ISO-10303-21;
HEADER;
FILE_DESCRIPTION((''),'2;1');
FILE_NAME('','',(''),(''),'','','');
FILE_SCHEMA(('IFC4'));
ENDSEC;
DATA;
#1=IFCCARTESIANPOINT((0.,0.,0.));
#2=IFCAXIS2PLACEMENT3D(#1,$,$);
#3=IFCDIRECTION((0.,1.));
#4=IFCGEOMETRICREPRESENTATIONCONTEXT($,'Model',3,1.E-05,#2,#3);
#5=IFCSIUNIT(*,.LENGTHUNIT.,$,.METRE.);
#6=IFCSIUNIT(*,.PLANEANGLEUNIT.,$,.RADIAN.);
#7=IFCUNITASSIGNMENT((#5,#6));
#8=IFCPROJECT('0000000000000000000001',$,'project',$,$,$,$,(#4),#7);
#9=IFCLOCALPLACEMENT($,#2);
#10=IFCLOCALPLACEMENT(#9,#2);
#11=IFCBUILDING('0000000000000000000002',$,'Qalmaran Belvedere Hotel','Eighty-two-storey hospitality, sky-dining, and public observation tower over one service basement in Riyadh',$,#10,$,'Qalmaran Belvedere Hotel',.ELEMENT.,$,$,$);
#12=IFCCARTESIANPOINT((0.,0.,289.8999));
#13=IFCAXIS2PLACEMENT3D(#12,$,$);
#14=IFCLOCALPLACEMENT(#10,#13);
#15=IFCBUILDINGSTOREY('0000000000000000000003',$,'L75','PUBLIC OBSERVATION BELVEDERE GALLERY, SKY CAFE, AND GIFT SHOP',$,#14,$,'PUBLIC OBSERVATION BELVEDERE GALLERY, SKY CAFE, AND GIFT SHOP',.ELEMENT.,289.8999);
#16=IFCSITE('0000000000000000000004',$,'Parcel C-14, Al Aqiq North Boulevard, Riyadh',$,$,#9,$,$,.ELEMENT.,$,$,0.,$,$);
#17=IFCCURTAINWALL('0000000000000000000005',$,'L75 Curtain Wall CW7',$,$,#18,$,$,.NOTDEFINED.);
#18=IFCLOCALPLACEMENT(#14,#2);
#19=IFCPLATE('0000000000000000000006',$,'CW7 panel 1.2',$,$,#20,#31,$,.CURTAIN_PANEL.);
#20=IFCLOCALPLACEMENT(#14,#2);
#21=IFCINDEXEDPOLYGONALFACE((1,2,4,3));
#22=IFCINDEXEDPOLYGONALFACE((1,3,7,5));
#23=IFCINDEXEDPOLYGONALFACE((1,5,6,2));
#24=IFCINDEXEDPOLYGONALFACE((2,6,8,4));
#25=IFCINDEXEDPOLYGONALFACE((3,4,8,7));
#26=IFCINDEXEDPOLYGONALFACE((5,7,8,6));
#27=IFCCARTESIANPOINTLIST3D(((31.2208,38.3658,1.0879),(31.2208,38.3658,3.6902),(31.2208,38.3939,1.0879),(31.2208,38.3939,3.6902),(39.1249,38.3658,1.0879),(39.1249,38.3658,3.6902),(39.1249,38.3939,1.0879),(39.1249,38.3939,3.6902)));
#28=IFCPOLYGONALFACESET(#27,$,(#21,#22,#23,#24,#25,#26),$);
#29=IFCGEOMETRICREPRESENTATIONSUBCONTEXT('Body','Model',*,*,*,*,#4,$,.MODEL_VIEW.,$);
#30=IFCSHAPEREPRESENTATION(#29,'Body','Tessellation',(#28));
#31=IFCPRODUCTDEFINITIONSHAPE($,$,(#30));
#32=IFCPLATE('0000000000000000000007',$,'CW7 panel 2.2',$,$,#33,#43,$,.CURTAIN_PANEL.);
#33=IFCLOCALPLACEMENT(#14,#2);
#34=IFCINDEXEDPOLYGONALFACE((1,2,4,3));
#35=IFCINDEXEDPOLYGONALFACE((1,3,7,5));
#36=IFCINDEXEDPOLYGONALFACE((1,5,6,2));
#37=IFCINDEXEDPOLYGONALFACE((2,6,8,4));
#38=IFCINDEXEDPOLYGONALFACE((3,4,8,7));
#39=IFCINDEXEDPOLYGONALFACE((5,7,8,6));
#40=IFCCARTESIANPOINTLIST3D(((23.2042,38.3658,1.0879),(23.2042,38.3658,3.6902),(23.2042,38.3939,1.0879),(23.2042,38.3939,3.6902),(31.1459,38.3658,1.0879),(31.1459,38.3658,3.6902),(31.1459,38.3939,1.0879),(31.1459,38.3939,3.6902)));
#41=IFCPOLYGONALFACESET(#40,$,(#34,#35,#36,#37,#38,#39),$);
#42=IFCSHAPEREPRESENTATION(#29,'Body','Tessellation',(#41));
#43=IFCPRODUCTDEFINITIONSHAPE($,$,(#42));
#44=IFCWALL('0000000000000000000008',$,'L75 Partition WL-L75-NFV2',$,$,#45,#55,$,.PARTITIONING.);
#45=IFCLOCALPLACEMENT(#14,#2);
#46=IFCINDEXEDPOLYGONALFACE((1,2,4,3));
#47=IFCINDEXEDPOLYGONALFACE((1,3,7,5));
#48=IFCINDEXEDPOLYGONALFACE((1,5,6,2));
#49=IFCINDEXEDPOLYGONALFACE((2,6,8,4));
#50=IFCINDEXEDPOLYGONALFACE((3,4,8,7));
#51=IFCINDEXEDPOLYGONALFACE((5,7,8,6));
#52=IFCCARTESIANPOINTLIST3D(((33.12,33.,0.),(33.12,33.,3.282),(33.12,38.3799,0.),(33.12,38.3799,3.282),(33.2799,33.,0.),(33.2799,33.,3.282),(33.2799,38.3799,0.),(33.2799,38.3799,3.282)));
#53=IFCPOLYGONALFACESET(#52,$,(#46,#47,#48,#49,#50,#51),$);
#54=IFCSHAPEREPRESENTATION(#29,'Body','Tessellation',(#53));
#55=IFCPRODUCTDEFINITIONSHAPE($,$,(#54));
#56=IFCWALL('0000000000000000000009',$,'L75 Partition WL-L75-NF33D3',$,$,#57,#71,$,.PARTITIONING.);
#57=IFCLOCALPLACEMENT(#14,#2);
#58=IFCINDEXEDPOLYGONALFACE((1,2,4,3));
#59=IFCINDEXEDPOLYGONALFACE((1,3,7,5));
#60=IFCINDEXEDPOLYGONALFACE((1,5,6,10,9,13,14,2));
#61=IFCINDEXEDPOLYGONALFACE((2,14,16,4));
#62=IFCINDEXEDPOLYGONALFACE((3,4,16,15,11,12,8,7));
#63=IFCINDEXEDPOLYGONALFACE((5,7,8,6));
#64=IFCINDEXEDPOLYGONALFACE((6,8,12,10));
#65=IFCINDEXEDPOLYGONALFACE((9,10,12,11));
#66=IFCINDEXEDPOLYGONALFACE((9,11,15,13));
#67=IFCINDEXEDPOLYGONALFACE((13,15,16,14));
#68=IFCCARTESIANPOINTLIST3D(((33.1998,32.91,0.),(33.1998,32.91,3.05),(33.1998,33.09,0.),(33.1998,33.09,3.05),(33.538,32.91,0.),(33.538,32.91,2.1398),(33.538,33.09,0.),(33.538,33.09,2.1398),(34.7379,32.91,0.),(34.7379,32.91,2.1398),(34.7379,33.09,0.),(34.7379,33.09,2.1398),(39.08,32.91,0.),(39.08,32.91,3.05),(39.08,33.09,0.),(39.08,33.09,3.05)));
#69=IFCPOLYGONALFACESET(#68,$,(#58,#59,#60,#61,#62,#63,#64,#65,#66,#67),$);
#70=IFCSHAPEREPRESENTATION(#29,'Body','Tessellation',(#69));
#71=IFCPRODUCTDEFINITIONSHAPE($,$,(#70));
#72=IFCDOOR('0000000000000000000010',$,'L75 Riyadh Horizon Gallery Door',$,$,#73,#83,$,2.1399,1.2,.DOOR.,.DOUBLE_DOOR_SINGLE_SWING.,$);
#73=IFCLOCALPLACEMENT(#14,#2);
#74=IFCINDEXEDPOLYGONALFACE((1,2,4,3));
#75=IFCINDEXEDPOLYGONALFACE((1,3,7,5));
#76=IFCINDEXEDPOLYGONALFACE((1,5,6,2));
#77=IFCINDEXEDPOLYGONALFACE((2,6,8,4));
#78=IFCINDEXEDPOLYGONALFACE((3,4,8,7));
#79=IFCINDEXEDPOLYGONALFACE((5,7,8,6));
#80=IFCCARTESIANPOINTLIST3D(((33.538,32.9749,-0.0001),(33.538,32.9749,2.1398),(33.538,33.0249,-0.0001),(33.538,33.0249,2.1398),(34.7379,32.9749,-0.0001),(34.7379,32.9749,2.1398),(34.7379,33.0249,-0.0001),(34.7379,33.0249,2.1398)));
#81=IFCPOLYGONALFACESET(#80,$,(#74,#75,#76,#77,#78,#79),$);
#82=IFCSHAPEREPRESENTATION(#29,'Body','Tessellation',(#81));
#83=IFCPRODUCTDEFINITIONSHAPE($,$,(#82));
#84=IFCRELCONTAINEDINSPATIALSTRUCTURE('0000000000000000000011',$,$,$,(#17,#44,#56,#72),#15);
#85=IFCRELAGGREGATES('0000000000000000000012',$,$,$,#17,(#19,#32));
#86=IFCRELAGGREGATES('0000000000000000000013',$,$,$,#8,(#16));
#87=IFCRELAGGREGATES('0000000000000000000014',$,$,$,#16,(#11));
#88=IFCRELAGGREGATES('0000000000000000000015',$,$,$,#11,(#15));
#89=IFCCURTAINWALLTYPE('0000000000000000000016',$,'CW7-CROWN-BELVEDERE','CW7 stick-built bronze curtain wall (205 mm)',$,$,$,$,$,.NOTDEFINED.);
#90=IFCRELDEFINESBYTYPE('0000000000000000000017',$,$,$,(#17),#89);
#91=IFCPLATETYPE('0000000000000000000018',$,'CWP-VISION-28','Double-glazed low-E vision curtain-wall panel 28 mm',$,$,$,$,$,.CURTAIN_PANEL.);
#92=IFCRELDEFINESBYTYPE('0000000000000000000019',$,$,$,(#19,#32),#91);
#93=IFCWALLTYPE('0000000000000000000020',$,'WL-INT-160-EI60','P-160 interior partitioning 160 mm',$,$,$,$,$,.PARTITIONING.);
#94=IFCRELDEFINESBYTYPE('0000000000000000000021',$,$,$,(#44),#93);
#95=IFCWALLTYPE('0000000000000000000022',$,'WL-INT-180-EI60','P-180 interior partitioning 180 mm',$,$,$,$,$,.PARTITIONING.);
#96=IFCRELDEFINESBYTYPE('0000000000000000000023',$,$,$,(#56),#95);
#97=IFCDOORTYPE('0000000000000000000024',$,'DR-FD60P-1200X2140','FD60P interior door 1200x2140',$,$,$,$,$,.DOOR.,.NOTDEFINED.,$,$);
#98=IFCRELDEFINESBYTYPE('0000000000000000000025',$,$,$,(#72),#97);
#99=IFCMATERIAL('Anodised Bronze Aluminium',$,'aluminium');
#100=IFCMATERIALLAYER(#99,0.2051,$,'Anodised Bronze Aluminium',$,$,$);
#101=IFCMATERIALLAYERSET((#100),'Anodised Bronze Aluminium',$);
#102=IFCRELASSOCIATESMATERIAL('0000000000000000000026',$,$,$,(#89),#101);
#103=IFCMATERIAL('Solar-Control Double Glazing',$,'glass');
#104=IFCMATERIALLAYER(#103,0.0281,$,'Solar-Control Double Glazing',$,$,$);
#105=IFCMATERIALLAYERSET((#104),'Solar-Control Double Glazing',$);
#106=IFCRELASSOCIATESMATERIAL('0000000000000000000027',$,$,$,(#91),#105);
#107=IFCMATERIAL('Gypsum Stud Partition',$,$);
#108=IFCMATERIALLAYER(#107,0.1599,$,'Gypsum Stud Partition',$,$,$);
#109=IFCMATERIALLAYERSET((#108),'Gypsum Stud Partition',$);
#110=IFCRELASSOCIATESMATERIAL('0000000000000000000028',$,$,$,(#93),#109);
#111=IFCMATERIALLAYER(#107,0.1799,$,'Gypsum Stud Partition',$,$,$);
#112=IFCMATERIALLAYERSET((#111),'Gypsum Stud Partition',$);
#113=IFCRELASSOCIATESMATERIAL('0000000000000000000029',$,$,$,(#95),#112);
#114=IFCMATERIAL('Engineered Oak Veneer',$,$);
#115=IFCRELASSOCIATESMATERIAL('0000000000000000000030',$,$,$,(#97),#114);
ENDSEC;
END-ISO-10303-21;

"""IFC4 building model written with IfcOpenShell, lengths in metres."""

from ifc_helpers import new_model, si_unit, direction, frame, frame_2d, origin, origin_2d, place, context, subcontext, project, spatial, rectangle, extrude, material, layer, layer_set, type_object, element, fill, aggregate, save


model = new_model("IFC4")

# Units and contexts
model_context = context("Model", 3, precision=1e-05, world=origin(), true_north=direction((0.0, 1.0)))
body_context = subcontext(model_context, "Body", "Model", "MODEL_VIEW")
ifc_project = project(units=[si_unit("LENGTHUNIT", "METRE"), si_unit("PLANEANGLEUNIT", "RADIAN")], contexts=[model_context])

# Site, building, storey
site_placement = place(None, origin())
site = spatial("IfcSite", under=ifc_project, at=site_placement, Name="Parcel C-14, Al Aqiq North Boulevard, Riyadh", CompositionType="ELEMENT", RefElevation=0.0)
building_placement = place(site_placement, origin())
building = spatial("IfcBuilding", under=site, at=building_placement, Name="Qalmaran Belvedere Hotel", Description="Eighty-two-storey hospitality, sky-dining, and public observation tower over one service basement in Riyadh", LongName="Qalmaran Belvedere Hotel", CompositionType="ELEMENT")
storey_placement = place(building_placement, frame((0.0, 0.0, 289.8999)))
storey = spatial("IfcBuildingStorey", under=building, at=storey_placement, Name="L75", Description="PUBLIC OBSERVATION BELVEDERE GALLERY, SKY CAFE, AND GIFT SHOP", LongName="PUBLIC OBSERVATION BELVEDERE GALLERY, SKY CAFE, AND GIFT SHOP", CompositionType="ELEMENT", Elevation=289.8999)

# Curtain wall, plates
ifc_material_1 = material(Name="Anodised Bronze Aluminium", Category="aluminium")
ifc_layer_1 = layer(ifc_material_1, 0.2051, Name="Anodised Bronze Aluminium")
ifc_layer_set_1 = layer_set([ifc_layer_1], Name="Anodised Bronze Aluminium")
curtain_wall_type = type_object("IfcCurtainWallType", Name="CW7-CROWN-BELVEDERE", Description="CW7 stick-built bronze curtain wall (205 mm)", PredefinedType="NOTDEFINED", material=ifc_layer_set_1)
curtain_wall_placement = place(storey_placement, origin())
curtain_wall = element("IfcCurtainWall", 1, at=curtain_wall_placement, inside=storey, type_object=curtain_wall_type, Name="L75 Curtain Wall CW7", PredefinedType="NOTDEFINED")
ifc_material_2 = material(Name="Solar-Control Double Glazing", Category="glass")
ifc_layer_2 = layer(ifc_material_2, 0.0281, Name="Solar-Control Double Glazing")
ifc_layer_set_2 = layer_set([ifc_layer_2], Name="Solar-Control Double Glazing")
plate_type_1 = type_object("IfcPlateType", Name="CWP-VISION-28", Description="Double-glazed low-E vision curtain-wall panel 28 mm", PredefinedType="CURTAIN_PANEL", material=ifc_layer_set_2)
plate_1_placement = place(storey_placement, frame((35.1729, 38.3799, 1.0879), z_axis=(0.0, 0.0, 1.0), x_axis=(-1.0, 0.0, 0.0)))
plate_1 = element("IfcPlate", 2, at=plate_1_placement, type_object=plate_type_1, Name="CW7 panel 1.2", PredefinedType="CURTAIN_PANEL", context=body_context, shape_type="SweptSolid", body=[
    extrude(rectangle(XDim=7.9041, YDim=0.0281, at=origin_2d()), origin(), (0.0, 0.0, 1.0), 2.6023),
])
plate_2_placement = place(storey_placement, frame((27.175, 38.3799, 1.0879), z_axis=(0.0, 0.0, 1.0), x_axis=(-1.0, 0.0, 0.0)))
plate_2 = element("IfcPlate", 3, at=plate_2_placement, type_object=plate_type_1, Name="CW7 panel 2.2", PredefinedType="CURTAIN_PANEL", context=body_context, shape_type="SweptSolid", body=[
    extrude(rectangle(XDim=7.9417, YDim=0.0281, at=origin_2d()), origin(), (0.0, 0.0, 1.0), 2.6023),
])
aggregate(curtain_wall, [plate_1, plate_2])

# Wall
ifc_material_3 = material(Name="Gypsum Stud Partition")
ifc_layer_3 = layer(ifc_material_3, 0.1599, Name="Gypsum Stud Partition")
ifc_layer_set_3 = layer_set([ifc_layer_3], Name="Gypsum Stud Partition")
wall_type_1 = type_object("IfcWallType", Name="WL-INT-160-EI60", Description="P-160 interior partitioning 160 mm", PredefinedType="PARTITIONING", material=ifc_layer_set_3)
wall_1_placement = place(storey_placement, frame((33.2, 33.0, 0.0), z_axis=(0.0, 0.0, 1.0), x_axis=(0.0, 1.0, 0.0)))
element("IfcWall", 4, at=wall_1_placement, inside=storey, type_object=wall_type_1, Name="L75 Partition WL-L75-NFV2", PredefinedType="PARTITIONING", context=body_context, shape_type="SweptSolid", body=[
    extrude(rectangle(XDim=5.3799, YDim=0.1599, at=frame_2d((2.6899, 0.0))), origin(), (0.0, 0.0, 1.0), 3.282),
])

# Wall, opening, door
ifc_layer_4 = layer(ifc_material_3, 0.1799, Name="Gypsum Stud Partition")
ifc_layer_set_4 = layer_set([ifc_layer_4], Name="Gypsum Stud Partition")
wall_type_2 = type_object("IfcWallType", Name="WL-INT-180-EI60", Description="P-180 interior partitioning 180 mm", PredefinedType="PARTITIONING", material=ifc_layer_set_4)
wall_2_placement = place(storey_placement, frame((33.2, 33.0, 0.0), z_axis=(0.0, 0.0, 1.0), x_axis=(1.0, 0.0, 0.0)))
wall_2 = element("IfcWall", 5, at=wall_2_placement, inside=storey, type_object=wall_type_2, Name="L75 Partition WL-L75-NF33D3", PredefinedType="PARTITIONING", context=body_context, shape_type="SweptSolid", body=[
    extrude(rectangle(XDim=5.8801, YDim=0.1799, at=frame_2d((2.9399, 0.0))), origin(), (0.0, 0.0, 1.0), 3.05),
])
opening_placement = place(wall_2_placement, frame((0.3379, 0.0, 0.0)))
opening = element("IfcOpeningElement", 6, at=opening_placement, cuts=wall_2, PredefinedType="OPENING", context=body_context, shape_type="SweptSolid", body=[
    extrude(rectangle(XDim=1.2, YDim=2.1399, at=frame_2d((0.6001, 1.0698))), frame((0.0, 0.1001, 0.0), z_axis=(0.0, -1.0, 0.0), x_axis=(1.0, 0.0, 0.0)), (0.0, 0.0, 1.0), 0.2),
])
ifc_material_4 = material(Name="Engineered Oak Veneer")
door_type = type_object("IfcDoorType", Name="DR-FD60P-1200X2140", Description="FD60P interior door 1200x2140", OperationType="NOTDEFINED", PredefinedType="DOOR", material=ifc_material_4)
door_placement = place(opening_placement, origin())
door = element("IfcDoor", 7, at=door_placement, inside=storey, type_object=door_type, Name="L75 Riyadh Horizon Gallery Door", OperationType="DOUBLE_DOOR_SINGLE_SWING", OverallHeight=2.1399, OverallWidth=1.2, PredefinedType="DOOR", context=body_context, shape_type="SweptSolid", body=[
    extrude(rectangle(XDim=1.2, YDim=2.1399, at=frame_2d((0.6001, 1.0698))), frame((0.0, 0.0249, 0.0), z_axis=(0.0, -1.0, 0.0), x_axis=(1.0, 0.0, 0.0)), (0.0, 0.0, 1.0), 0.05),
])
fill(opening, door)

save(model, "model.ifc")
